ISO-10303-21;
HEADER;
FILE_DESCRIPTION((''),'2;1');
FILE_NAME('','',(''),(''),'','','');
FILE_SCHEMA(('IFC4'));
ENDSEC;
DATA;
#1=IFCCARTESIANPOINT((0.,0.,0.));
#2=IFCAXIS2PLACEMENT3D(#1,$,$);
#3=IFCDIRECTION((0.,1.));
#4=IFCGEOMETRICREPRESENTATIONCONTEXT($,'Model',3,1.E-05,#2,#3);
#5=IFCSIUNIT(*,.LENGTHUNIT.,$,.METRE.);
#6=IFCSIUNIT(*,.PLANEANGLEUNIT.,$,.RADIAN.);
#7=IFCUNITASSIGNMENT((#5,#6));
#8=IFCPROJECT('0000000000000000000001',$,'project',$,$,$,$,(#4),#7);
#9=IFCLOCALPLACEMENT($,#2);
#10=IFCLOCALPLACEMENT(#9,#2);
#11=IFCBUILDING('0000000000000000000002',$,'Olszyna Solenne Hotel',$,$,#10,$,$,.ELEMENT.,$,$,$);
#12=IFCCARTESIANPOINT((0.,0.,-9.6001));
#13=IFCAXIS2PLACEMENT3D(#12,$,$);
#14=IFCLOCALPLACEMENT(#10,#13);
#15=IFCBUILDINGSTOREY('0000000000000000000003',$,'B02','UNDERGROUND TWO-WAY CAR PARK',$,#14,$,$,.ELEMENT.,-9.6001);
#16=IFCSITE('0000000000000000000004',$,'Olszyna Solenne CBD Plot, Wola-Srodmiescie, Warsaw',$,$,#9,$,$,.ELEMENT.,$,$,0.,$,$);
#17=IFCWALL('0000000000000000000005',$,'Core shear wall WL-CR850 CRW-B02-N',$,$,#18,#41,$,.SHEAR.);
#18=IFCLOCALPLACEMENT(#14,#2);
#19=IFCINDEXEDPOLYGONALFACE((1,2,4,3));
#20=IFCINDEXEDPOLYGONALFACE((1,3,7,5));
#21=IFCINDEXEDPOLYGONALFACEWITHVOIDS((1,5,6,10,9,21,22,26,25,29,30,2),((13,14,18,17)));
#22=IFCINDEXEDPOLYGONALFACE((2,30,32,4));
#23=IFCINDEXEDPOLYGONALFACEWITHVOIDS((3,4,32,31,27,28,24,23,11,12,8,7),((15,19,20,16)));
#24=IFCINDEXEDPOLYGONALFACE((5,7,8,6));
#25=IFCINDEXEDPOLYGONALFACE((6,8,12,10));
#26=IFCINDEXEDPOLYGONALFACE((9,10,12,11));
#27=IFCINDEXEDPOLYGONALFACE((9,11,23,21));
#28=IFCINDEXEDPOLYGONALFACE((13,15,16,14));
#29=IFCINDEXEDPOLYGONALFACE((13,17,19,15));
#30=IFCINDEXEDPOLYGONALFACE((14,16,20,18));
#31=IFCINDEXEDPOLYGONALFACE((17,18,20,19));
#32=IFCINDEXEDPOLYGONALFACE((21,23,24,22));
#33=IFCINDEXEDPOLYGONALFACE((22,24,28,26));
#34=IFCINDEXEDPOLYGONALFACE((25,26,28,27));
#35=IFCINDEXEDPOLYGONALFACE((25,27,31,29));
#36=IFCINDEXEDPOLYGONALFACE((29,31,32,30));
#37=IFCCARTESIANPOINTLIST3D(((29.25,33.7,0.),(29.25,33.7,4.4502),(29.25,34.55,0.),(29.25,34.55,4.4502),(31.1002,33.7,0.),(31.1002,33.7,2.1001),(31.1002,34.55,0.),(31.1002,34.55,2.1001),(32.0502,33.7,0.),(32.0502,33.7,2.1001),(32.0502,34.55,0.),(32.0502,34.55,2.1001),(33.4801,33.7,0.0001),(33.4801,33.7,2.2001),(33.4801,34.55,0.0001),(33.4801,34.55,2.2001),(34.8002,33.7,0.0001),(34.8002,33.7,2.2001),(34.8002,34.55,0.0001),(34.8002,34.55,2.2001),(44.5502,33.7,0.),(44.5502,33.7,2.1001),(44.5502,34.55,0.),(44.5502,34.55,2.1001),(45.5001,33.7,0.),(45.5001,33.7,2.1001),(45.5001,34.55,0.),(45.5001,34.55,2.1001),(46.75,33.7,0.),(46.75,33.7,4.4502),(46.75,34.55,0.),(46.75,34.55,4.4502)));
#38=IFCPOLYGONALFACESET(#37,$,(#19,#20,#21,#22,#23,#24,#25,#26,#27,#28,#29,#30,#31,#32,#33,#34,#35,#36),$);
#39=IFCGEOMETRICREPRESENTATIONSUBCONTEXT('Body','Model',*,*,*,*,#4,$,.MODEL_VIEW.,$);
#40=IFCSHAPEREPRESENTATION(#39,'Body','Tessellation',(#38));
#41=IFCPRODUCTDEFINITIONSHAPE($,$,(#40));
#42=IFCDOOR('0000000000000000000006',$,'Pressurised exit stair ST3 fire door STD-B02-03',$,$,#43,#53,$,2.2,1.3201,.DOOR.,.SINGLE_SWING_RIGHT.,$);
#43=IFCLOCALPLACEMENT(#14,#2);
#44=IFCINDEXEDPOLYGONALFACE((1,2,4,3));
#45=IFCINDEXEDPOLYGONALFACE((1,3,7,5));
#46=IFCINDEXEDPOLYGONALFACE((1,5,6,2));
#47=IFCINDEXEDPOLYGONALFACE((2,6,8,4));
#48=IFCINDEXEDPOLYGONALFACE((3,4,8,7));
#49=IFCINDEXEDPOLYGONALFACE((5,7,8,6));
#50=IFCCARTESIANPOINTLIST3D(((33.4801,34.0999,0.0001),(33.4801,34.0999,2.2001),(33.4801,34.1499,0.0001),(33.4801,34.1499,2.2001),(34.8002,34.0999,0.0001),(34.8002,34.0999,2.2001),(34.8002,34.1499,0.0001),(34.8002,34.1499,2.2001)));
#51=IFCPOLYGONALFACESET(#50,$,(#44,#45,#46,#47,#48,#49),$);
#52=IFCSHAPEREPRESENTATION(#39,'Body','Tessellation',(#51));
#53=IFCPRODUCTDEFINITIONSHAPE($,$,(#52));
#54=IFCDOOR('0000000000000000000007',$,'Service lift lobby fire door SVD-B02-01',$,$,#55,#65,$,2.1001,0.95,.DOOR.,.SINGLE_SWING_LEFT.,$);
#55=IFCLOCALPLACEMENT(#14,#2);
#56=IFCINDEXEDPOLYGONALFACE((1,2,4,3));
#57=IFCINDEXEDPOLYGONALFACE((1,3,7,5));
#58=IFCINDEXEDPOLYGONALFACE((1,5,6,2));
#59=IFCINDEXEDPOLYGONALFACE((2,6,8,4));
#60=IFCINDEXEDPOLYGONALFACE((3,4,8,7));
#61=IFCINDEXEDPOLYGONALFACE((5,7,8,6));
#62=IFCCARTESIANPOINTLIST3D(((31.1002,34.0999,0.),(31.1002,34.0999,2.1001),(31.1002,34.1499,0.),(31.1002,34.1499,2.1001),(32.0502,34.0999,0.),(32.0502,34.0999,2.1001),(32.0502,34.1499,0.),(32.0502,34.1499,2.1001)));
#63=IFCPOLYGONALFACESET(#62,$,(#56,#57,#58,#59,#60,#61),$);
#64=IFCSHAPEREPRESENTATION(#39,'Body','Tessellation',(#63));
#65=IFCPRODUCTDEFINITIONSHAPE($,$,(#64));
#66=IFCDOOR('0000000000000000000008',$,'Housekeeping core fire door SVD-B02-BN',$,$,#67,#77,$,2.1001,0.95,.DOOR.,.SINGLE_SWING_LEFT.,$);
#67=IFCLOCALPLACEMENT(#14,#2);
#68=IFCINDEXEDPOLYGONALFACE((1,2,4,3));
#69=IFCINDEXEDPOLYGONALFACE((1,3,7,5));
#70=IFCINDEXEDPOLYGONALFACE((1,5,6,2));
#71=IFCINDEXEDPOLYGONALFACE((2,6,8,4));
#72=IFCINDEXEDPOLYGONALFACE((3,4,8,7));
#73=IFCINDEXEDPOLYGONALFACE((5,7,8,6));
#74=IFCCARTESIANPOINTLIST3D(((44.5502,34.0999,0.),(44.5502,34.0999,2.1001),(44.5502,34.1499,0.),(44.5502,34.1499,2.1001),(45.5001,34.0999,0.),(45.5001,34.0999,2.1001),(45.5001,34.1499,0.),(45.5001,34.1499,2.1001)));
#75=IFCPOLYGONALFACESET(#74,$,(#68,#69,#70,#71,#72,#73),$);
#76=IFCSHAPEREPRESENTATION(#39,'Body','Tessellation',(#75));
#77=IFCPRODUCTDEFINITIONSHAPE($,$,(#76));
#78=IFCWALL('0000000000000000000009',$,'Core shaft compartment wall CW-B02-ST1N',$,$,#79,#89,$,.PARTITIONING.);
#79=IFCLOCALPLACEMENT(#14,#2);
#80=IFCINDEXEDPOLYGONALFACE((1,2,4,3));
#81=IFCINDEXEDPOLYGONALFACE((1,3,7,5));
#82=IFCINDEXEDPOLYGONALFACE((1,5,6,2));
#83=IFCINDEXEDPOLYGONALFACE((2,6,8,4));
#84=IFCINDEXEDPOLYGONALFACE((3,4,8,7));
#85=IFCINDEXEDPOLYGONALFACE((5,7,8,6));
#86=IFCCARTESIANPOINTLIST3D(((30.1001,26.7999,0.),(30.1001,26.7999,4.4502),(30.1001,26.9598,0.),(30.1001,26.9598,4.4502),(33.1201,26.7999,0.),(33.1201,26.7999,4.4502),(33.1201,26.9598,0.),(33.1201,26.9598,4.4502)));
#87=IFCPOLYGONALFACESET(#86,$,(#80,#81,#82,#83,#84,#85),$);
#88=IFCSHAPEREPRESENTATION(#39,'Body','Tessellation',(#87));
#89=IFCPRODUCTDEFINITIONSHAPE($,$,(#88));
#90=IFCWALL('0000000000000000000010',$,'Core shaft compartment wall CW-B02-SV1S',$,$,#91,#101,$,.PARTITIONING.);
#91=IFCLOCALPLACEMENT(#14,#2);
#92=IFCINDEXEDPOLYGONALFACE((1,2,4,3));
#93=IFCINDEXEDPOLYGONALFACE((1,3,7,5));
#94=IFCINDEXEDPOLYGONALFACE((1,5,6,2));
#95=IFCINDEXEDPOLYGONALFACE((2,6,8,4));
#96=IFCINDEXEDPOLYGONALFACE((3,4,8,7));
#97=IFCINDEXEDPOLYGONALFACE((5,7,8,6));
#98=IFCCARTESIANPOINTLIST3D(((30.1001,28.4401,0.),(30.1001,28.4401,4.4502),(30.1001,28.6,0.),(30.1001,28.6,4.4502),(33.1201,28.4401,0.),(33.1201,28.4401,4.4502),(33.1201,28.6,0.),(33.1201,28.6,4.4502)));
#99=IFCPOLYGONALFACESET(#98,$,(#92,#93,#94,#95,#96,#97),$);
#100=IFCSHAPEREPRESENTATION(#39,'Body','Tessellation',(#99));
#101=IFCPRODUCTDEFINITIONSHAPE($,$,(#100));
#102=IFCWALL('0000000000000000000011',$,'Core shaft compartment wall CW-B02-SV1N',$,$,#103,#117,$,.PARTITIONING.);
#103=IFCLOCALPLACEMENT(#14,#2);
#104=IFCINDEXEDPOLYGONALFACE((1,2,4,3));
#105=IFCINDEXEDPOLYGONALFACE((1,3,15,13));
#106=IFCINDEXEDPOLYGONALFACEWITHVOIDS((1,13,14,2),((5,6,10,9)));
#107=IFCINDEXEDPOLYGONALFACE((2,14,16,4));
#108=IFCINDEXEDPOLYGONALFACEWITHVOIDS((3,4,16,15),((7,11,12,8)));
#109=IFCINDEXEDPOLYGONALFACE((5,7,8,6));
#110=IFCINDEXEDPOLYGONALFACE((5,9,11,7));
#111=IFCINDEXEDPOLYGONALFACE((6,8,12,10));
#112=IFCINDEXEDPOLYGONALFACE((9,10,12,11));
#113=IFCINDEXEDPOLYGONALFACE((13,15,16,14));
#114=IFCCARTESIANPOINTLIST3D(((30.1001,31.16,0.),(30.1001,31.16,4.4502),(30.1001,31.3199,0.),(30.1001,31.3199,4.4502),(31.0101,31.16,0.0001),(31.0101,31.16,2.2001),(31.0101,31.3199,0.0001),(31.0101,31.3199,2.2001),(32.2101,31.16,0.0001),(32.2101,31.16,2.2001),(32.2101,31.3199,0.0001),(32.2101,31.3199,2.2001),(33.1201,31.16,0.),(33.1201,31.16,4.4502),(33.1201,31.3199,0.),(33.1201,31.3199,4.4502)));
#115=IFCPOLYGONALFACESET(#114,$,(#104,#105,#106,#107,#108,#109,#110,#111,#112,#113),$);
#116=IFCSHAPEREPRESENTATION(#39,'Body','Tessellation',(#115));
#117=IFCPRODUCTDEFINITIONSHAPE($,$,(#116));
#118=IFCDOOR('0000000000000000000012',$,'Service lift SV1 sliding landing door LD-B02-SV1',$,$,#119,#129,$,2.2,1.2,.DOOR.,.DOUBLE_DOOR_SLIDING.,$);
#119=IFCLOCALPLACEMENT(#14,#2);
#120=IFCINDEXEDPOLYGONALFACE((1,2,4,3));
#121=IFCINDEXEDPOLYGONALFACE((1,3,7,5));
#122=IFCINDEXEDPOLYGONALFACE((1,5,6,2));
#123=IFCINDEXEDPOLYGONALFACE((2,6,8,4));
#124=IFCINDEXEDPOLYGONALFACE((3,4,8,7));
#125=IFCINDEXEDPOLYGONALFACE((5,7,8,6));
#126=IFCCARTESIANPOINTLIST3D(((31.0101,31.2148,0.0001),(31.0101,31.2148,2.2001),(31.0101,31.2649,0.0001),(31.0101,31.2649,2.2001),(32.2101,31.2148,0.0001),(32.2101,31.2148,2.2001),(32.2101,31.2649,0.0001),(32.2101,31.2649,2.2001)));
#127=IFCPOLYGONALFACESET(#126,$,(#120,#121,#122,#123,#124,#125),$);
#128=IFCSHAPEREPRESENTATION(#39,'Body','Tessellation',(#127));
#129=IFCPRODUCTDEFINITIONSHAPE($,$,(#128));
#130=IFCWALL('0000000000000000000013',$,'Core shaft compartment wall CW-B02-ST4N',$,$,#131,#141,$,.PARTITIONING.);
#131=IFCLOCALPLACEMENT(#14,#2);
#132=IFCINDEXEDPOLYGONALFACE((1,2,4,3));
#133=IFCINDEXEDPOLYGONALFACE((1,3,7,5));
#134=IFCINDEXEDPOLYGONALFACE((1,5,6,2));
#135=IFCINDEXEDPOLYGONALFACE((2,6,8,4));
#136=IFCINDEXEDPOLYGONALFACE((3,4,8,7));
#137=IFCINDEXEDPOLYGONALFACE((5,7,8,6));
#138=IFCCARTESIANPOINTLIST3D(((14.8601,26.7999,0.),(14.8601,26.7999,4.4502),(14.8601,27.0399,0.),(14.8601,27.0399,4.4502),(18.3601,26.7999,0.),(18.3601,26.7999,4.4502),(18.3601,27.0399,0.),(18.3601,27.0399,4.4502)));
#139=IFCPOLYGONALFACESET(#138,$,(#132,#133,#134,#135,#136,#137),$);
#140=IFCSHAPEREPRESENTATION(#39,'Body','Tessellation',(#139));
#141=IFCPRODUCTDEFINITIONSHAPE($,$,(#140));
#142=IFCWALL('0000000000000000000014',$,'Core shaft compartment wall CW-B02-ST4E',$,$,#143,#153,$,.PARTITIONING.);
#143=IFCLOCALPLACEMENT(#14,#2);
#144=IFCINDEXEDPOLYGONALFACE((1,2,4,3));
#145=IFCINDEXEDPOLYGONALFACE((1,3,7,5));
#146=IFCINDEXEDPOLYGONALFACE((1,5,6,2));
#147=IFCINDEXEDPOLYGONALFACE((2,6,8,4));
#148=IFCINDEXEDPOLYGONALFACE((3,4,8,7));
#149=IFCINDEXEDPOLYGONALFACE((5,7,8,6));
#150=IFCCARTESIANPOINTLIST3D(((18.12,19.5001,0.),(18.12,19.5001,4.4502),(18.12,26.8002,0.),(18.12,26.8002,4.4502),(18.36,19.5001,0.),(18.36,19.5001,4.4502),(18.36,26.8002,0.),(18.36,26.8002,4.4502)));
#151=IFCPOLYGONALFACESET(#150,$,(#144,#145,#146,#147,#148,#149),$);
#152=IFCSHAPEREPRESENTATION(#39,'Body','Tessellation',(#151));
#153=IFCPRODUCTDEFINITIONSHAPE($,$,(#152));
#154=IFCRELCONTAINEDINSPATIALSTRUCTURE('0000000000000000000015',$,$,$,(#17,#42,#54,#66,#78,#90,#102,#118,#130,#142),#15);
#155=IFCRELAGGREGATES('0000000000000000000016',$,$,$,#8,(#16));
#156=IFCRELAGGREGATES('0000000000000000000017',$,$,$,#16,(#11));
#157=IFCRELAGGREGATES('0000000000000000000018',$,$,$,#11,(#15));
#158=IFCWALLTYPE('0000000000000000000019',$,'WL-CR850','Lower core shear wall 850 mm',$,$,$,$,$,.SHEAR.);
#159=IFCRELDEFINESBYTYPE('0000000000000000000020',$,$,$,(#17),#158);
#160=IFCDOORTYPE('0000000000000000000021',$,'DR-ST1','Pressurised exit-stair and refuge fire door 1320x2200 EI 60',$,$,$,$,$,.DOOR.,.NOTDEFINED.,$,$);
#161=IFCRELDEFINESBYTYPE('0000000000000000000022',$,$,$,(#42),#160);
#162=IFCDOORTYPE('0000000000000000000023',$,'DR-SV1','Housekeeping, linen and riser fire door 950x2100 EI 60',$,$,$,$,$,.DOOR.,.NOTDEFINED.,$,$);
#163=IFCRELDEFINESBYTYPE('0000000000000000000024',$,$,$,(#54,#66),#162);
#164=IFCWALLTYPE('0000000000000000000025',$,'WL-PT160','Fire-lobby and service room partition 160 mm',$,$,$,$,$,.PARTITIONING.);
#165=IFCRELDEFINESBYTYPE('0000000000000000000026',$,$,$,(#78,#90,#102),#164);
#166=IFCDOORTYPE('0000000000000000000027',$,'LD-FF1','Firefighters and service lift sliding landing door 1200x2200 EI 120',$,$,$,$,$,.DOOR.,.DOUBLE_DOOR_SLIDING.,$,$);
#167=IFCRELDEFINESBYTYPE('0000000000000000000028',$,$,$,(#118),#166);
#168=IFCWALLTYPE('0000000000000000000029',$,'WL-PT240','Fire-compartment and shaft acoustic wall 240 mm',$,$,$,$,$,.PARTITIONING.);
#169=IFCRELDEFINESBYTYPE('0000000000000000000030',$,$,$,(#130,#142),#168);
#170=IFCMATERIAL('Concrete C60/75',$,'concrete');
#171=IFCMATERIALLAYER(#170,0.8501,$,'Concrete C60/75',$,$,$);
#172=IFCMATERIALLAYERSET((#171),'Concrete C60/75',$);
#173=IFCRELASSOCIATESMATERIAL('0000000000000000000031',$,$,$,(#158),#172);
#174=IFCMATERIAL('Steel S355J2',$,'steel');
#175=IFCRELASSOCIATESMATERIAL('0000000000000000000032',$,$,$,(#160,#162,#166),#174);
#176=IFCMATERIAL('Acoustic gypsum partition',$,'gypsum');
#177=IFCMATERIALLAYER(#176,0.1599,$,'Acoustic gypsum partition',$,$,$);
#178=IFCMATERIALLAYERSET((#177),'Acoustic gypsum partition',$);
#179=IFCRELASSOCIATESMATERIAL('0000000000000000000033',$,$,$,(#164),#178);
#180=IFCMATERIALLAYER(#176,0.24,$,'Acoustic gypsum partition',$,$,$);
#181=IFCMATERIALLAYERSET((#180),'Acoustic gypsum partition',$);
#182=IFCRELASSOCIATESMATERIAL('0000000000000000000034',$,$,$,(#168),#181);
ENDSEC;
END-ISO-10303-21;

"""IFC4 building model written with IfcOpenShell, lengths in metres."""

from ifc_helpers import new_model, si_unit, direction, frame, frame_2d, origin, place, context, subcontext, project, spatial, rectangle, extrude, source, transform, mapped, material, layer, layer_set, type_object, type_shapes, element, fill, save


model = new_model("IFC4")

# Units and contexts
model_context = context("Model", 3, precision=1e-05, world=origin(), true_north=direction((0.0, 1.0)))
body_context = subcontext(model_context, "Body", "Model", "MODEL_VIEW")
ifc_project = project(units=[si_unit("LENGTHUNIT", "METRE"), si_unit("PLANEANGLEUNIT", "RADIAN")], contexts=[model_context])

# Site, building, storey
site_placement = place(None, origin())
site = spatial("IfcSite", under=ifc_project, at=site_placement, Name="Olszyna Solenne CBD Plot, Wola-Srodmiescie, Warsaw", CompositionType="ELEMENT", RefElevation=0.0)
building_placement = place(site_placement, origin())
building = spatial("IfcBuilding", under=site, at=building_placement, Name="Olszyna Solenne Hotel", CompositionType="ELEMENT")
storey_placement = place(building_placement, frame((0.0, 0.0, -9.6001)))
storey = spatial("IfcBuildingStorey", under=building, at=storey_placement, Name="B02", Description="UNDERGROUND TWO-WAY CAR PARK", CompositionType="ELEMENT", Elevation=-9.6001)

# Wall, openings, doors
ifc_material_1 = material(Name="Concrete C60/75", Category="concrete")
ifc_layer_1 = layer(ifc_material_1, 0.8501, Name="Concrete C60/75")
ifc_layer_set_1 = layer_set([ifc_layer_1], Name="Concrete C60/75")
wall_type_1 = type_object("IfcWallType", Name="WL-CR850", Description="Lower core shear wall 850 mm", PredefinedType="SHEAR", material=ifc_layer_set_1)
wall_1_placement = place(storey_placement, frame((29.25, 34.125, 0.0), z_axis=(0.0, 0.0, 1.0), x_axis=(1.0, 0.0, 0.0)))
wall_1 = element("IfcWall", 1, at=wall_1_placement, inside=storey, type_object=wall_type_1, Name="Core shear wall WL-CR850 CRW-B02-N", PredefinedType="SHEAR", context=body_context, shape_type="SweptSolid", body=[
    extrude(rectangle(XDim=17.5, YDim=0.8501, at=frame_2d((8.75, 0.0))), origin(), (0.0, 0.0, 1.0), 4.4502),
])
opening_1_placement = place(wall_1_placement, frame((1.8501, 0.0, 0.0)))
opening_1 = element("IfcOpeningElement", 2, at=opening_1_placement, cuts=wall_1, PredefinedType="OPENING", context=body_context, shape_type="SweptSolid", body=[
    extrude(rectangle(XDim=0.95, YDim=2.1001, at=frame_2d((0.4751, 1.05))), frame((0.0, 0.4351, 0.0), z_axis=(0.0, -1.0, 0.0), x_axis=(1.0, 0.0, 0.0)), (0.0, 0.0, 1.0), 0.8701),
])
opening_2_placement = place(wall_1_placement, frame((4.23, 0.0, 0.0)))
opening_2 = element("IfcOpeningElement", 3, at=opening_2_placement, cuts=wall_1, PredefinedType="OPENING", context=body_context, shape_type="SweptSolid", body=[
    extrude(rectangle(XDim=1.3201, YDim=2.2, at=frame_2d((0.6602, 1.1001))), frame((0.0, 0.4351, 0.0), z_axis=(0.0, -1.0, 0.0), x_axis=(1.0, 0.0, 0.0)), (0.0, 0.0, 1.0), 0.8701),
])
opening_3_placement = place(wall_1_placement, frame((15.3, 0.0, 0.0)))
opening_3 = element("IfcOpeningElement", 4, at=opening_3_placement, cuts=wall_1, PredefinedType="OPENING", context=body_context, shape_type="SweptSolid", body=[
    extrude(rectangle(XDim=0.95, YDim=2.1001, at=frame_2d((0.4751, 1.05))), frame((0.0, 0.4351, 0.0), z_axis=(0.0, -1.0, 0.0), x_axis=(1.0, 0.0, 0.0)), (0.0, 0.0, 1.0), 0.8701),
])
ifc_material_2 = material(Name="Steel S355J2", Category="steel")
door_type_1 = type_object("IfcDoorType", Name="DR-ST1", Description="Pressurised exit-stair and refuge fire door 1320x2200 EI 60", OperationType="NOTDEFINED", PredefinedType="DOOR", material=ifc_material_2)
shared_shape_1 = source(origin(), body_context, "Body", "SweptSolid", [
    extrude(rectangle(XDim=1.3201, YDim=2.2, at=frame_2d((0.6602, 1.1001))), frame((0.0, 0.0249, 0.0), z_axis=(0.0, -1.0, 0.0), x_axis=(1.0, 0.0, 0.0)), (0.0, 0.0, 1.0), 0.05),
])
type_shapes(door_type_1, [shared_shape_1])
door_1_placement = place(opening_2_placement, origin())
door_1 = element("IfcDoor", 5, at=door_1_placement, inside=storey, type_object=door_type_1, Name="Pressurised exit stair ST3 fire door STD-B02-03", OperationType="SINGLE_SWING_RIGHT", OverallHeight=2.2, OverallWidth=1.3201, PredefinedType="DOOR", context=body_context, shape_type="MappedRepresentation", body=[
    mapped(shared_shape_1, transform((0.0, 0.0, 0.0), x_axis=(1.0, 0.0, 0.0), y_axis=(0.0, 1.0, 0.0), z_axis=(0.0, 0.0, 1.0), scale=1.0)),
])
fill(opening_2, door_1)
door_type_2 = type_object("IfcDoorType", Name="DR-SV1", Description="Housekeeping, linen and riser fire door 950x2100 EI 60", OperationType="NOTDEFINED", PredefinedType="DOOR", material=ifc_material_2)
shared_shape_2 = source(origin(), body_context, "Body", "SweptSolid", [
    extrude(rectangle(XDim=0.95, YDim=2.1001, at=frame_2d((0.4751, 1.05))), frame((0.0, 0.0249, 0.0), z_axis=(0.0, -1.0, 0.0), x_axis=(1.0, 0.0, 0.0)), (0.0, 0.0, 1.0), 0.05),
])
type_shapes(door_type_2, [shared_shape_2])
door_2_placement = place(opening_1_placement, origin())
door_2 = element("IfcDoor", 6, at=door_2_placement, inside=storey, type_object=door_type_2, Name="Service lift lobby fire door SVD-B02-01", OperationType="SINGLE_SWING_LEFT", OverallHeight=2.1001, OverallWidth=0.95, PredefinedType="DOOR", context=body_context, shape_type="MappedRepresentation", body=[
    mapped(shared_shape_2, transform((0.0, 0.0, 0.0), x_axis=(1.0, 0.0, 0.0), y_axis=(0.0, 1.0, 0.0), z_axis=(0.0, 0.0, 1.0), scale=1.0)),
])
fill(opening_1, door_2)
door_3_placement = place(opening_3_placement, origin())
door_3 = element("IfcDoor", 7, at=door_3_placement, inside=storey, type_object=door_type_2, Name="Housekeeping core fire door SVD-B02-BN", OperationType="SINGLE_SWING_LEFT", OverallHeight=2.1001, OverallWidth=0.95, PredefinedType="DOOR", context=body_context, shape_type="MappedRepresentation", body=[
    mapped(shared_shape_2, transform((0.0, 0.0, 0.0), x_axis=(1.0, 0.0, 0.0), y_axis=(0.0, 1.0, 0.0), z_axis=(0.0, 0.0, 1.0), scale=1.0)),
])
fill(opening_3, door_3)

# Walls
ifc_material_3 = material(Name="Acoustic gypsum partition", Category="gypsum")
ifc_layer_2 = layer(ifc_material_3, 0.1599, Name="Acoustic gypsum partition")
ifc_layer_set_2 = layer_set([ifc_layer_2], Name="Acoustic gypsum partition")
wall_type_2 = type_object("IfcWallType", Name="WL-PT160", Description="Fire-lobby and service room partition 160 mm", PredefinedType="PARTITIONING", material=ifc_layer_set_2)
for number, where, z_axis, x_axis, name in (
    (8, (30.1001, 26.8799, 0.0), (0.0, 0.0, 1.0), (1.0, 0.0, 0.0), "Core shaft compartment wall CW-B02-ST1N"),
    (9, (30.1001, 28.52, 0.0), (0.0, 0.0, 1.0), (1.0, 0.0, 0.0), "Core shaft compartment wall CW-B02-SV1S"),
):
    element("IfcWall", number, at=place(storey_placement, frame(where, z_axis=z_axis, x_axis=x_axis)), inside=storey, type_object=wall_type_2, Name=name, PredefinedType="PARTITIONING", context=body_context, shape_type="SweptSolid", body=[
        extrude(rectangle(XDim=3.02, YDim=0.1599, at=frame_2d((1.51, 0.0))), origin(), (0.0, 0.0, 1.0), 4.4502),
    ])

# Wall, opening, door
wall_2_placement = place(storey_placement, frame((30.1001, 31.24, 0.0), z_axis=(0.0, 0.0, 1.0), x_axis=(1.0, 0.0, 0.0)))
wall_2 = element("IfcWall", 10, at=wall_2_placement, inside=storey, type_object=wall_type_2, Name="Core shaft compartment wall CW-B02-SV1N", PredefinedType="PARTITIONING", context=body_context, shape_type="SweptSolid", body=[
    extrude(rectangle(XDim=3.02, YDim=0.1599, at=frame_2d((1.51, 0.0))), origin(), (0.0, 0.0, 1.0), 4.4502),
])
opening_4_placement = place(wall_2_placement, frame((0.9099, 0.0, 0.0)))
opening_4 = element("IfcOpeningElement", 11, at=opening_4_placement, cuts=wall_2, PredefinedType="OPENING", context=body_context, shape_type="SweptSolid", body=[
    extrude(rectangle(XDim=1.2, YDim=2.2, at=frame_2d((0.6001, 1.1001))), frame((0.0, 0.0898, 0.0), z_axis=(0.0, -1.0, 0.0), x_axis=(1.0, 0.0, 0.0)), (0.0, 0.0, 1.0), 0.1799),
])
door_type_3 = type_object("IfcDoorType", Name="LD-FF1", Description="Firefighters and service lift sliding landing door 1200x2200 EI 120", OperationType="DOUBLE_DOOR_SLIDING", PredefinedType="DOOR", material=ifc_material_2)
shared_shape_3 = source(origin(), body_context, "Body", "SweptSolid", [
    extrude(rectangle(XDim=1.2, YDim=2.2, at=frame_2d((0.6001, 1.1001))), frame((0.0, 0.0249, 0.0), z_axis=(0.0, -1.0, 0.0), x_axis=(1.0, 0.0, 0.0)), (0.0, 0.0, 1.0), 0.05),
])
type_shapes(door_type_3, [shared_shape_3])
door_4_placement = place(opening_4_placement, origin())
door_4 = element("IfcDoor", 12, at=door_4_placement, inside=storey, type_object=door_type_3, Name="Service lift SV1 sliding landing door LD-B02-SV1", OperationType="DOUBLE_DOOR_SLIDING", OverallHeight=2.2, OverallWidth=1.2, PredefinedType="DOOR", context=body_context, shape_type="MappedRepresentation", body=[
    mapped(shared_shape_3, transform((0.0, 0.0, 0.0), x_axis=(1.0, 0.0, 0.0), y_axis=(0.0, 1.0, 0.0), z_axis=(0.0, 0.0, 1.0), scale=1.0)),
])
fill(opening_4, door_4)

# Walls
ifc_layer_3 = layer(ifc_material_3, 0.24, Name="Acoustic gypsum partition")
ifc_layer_set_3 = layer_set([ifc_layer_3], Name="Acoustic gypsum partition")
wall_type_3 = type_object("IfcWallType", Name="WL-PT240", Description="Fire-compartment and shaft acoustic wall 240 mm", PredefinedType="PARTITIONING", material=ifc_layer_set_3)
wall_3_placement = place(storey_placement, frame((14.8601, 26.9199, 0.0), z_axis=(0.0, 0.0, 1.0), x_axis=(1.0, 0.0, 0.0)))
element("IfcWall", 13, at=wall_3_placement, inside=storey, type_object=wall_type_3, Name="Core shaft compartment wall CW-B02-ST4N", PredefinedType="PARTITIONING", context=body_context, shape_type="SweptSolid", body=[
    extrude(rectangle(XDim=3.5, YDim=0.24, at=frame_2d((1.75, 0.0))), origin(), (0.0, 0.0, 1.0), 4.4502),
])
wall_4_placement = place(storey_placement, frame((18.24, 26.8, 0.0), z_axis=(0.0, 0.0, 1.0), x_axis=(0.0, -1.0, 0.0)))
element("IfcWall", 14, at=wall_4_placement, inside=storey, type_object=wall_type_3, Name="Core shaft compartment wall CW-B02-ST4E", PredefinedType="PARTITIONING", context=body_context, shape_type="SweptSolid", body=[
    extrude(rectangle(XDim=7.3, YDim=0.24, at=frame_2d((3.6499, 0.0))), origin(), (0.0, 0.0, 1.0), 4.4502),
])

save(model, "model.ifc")
